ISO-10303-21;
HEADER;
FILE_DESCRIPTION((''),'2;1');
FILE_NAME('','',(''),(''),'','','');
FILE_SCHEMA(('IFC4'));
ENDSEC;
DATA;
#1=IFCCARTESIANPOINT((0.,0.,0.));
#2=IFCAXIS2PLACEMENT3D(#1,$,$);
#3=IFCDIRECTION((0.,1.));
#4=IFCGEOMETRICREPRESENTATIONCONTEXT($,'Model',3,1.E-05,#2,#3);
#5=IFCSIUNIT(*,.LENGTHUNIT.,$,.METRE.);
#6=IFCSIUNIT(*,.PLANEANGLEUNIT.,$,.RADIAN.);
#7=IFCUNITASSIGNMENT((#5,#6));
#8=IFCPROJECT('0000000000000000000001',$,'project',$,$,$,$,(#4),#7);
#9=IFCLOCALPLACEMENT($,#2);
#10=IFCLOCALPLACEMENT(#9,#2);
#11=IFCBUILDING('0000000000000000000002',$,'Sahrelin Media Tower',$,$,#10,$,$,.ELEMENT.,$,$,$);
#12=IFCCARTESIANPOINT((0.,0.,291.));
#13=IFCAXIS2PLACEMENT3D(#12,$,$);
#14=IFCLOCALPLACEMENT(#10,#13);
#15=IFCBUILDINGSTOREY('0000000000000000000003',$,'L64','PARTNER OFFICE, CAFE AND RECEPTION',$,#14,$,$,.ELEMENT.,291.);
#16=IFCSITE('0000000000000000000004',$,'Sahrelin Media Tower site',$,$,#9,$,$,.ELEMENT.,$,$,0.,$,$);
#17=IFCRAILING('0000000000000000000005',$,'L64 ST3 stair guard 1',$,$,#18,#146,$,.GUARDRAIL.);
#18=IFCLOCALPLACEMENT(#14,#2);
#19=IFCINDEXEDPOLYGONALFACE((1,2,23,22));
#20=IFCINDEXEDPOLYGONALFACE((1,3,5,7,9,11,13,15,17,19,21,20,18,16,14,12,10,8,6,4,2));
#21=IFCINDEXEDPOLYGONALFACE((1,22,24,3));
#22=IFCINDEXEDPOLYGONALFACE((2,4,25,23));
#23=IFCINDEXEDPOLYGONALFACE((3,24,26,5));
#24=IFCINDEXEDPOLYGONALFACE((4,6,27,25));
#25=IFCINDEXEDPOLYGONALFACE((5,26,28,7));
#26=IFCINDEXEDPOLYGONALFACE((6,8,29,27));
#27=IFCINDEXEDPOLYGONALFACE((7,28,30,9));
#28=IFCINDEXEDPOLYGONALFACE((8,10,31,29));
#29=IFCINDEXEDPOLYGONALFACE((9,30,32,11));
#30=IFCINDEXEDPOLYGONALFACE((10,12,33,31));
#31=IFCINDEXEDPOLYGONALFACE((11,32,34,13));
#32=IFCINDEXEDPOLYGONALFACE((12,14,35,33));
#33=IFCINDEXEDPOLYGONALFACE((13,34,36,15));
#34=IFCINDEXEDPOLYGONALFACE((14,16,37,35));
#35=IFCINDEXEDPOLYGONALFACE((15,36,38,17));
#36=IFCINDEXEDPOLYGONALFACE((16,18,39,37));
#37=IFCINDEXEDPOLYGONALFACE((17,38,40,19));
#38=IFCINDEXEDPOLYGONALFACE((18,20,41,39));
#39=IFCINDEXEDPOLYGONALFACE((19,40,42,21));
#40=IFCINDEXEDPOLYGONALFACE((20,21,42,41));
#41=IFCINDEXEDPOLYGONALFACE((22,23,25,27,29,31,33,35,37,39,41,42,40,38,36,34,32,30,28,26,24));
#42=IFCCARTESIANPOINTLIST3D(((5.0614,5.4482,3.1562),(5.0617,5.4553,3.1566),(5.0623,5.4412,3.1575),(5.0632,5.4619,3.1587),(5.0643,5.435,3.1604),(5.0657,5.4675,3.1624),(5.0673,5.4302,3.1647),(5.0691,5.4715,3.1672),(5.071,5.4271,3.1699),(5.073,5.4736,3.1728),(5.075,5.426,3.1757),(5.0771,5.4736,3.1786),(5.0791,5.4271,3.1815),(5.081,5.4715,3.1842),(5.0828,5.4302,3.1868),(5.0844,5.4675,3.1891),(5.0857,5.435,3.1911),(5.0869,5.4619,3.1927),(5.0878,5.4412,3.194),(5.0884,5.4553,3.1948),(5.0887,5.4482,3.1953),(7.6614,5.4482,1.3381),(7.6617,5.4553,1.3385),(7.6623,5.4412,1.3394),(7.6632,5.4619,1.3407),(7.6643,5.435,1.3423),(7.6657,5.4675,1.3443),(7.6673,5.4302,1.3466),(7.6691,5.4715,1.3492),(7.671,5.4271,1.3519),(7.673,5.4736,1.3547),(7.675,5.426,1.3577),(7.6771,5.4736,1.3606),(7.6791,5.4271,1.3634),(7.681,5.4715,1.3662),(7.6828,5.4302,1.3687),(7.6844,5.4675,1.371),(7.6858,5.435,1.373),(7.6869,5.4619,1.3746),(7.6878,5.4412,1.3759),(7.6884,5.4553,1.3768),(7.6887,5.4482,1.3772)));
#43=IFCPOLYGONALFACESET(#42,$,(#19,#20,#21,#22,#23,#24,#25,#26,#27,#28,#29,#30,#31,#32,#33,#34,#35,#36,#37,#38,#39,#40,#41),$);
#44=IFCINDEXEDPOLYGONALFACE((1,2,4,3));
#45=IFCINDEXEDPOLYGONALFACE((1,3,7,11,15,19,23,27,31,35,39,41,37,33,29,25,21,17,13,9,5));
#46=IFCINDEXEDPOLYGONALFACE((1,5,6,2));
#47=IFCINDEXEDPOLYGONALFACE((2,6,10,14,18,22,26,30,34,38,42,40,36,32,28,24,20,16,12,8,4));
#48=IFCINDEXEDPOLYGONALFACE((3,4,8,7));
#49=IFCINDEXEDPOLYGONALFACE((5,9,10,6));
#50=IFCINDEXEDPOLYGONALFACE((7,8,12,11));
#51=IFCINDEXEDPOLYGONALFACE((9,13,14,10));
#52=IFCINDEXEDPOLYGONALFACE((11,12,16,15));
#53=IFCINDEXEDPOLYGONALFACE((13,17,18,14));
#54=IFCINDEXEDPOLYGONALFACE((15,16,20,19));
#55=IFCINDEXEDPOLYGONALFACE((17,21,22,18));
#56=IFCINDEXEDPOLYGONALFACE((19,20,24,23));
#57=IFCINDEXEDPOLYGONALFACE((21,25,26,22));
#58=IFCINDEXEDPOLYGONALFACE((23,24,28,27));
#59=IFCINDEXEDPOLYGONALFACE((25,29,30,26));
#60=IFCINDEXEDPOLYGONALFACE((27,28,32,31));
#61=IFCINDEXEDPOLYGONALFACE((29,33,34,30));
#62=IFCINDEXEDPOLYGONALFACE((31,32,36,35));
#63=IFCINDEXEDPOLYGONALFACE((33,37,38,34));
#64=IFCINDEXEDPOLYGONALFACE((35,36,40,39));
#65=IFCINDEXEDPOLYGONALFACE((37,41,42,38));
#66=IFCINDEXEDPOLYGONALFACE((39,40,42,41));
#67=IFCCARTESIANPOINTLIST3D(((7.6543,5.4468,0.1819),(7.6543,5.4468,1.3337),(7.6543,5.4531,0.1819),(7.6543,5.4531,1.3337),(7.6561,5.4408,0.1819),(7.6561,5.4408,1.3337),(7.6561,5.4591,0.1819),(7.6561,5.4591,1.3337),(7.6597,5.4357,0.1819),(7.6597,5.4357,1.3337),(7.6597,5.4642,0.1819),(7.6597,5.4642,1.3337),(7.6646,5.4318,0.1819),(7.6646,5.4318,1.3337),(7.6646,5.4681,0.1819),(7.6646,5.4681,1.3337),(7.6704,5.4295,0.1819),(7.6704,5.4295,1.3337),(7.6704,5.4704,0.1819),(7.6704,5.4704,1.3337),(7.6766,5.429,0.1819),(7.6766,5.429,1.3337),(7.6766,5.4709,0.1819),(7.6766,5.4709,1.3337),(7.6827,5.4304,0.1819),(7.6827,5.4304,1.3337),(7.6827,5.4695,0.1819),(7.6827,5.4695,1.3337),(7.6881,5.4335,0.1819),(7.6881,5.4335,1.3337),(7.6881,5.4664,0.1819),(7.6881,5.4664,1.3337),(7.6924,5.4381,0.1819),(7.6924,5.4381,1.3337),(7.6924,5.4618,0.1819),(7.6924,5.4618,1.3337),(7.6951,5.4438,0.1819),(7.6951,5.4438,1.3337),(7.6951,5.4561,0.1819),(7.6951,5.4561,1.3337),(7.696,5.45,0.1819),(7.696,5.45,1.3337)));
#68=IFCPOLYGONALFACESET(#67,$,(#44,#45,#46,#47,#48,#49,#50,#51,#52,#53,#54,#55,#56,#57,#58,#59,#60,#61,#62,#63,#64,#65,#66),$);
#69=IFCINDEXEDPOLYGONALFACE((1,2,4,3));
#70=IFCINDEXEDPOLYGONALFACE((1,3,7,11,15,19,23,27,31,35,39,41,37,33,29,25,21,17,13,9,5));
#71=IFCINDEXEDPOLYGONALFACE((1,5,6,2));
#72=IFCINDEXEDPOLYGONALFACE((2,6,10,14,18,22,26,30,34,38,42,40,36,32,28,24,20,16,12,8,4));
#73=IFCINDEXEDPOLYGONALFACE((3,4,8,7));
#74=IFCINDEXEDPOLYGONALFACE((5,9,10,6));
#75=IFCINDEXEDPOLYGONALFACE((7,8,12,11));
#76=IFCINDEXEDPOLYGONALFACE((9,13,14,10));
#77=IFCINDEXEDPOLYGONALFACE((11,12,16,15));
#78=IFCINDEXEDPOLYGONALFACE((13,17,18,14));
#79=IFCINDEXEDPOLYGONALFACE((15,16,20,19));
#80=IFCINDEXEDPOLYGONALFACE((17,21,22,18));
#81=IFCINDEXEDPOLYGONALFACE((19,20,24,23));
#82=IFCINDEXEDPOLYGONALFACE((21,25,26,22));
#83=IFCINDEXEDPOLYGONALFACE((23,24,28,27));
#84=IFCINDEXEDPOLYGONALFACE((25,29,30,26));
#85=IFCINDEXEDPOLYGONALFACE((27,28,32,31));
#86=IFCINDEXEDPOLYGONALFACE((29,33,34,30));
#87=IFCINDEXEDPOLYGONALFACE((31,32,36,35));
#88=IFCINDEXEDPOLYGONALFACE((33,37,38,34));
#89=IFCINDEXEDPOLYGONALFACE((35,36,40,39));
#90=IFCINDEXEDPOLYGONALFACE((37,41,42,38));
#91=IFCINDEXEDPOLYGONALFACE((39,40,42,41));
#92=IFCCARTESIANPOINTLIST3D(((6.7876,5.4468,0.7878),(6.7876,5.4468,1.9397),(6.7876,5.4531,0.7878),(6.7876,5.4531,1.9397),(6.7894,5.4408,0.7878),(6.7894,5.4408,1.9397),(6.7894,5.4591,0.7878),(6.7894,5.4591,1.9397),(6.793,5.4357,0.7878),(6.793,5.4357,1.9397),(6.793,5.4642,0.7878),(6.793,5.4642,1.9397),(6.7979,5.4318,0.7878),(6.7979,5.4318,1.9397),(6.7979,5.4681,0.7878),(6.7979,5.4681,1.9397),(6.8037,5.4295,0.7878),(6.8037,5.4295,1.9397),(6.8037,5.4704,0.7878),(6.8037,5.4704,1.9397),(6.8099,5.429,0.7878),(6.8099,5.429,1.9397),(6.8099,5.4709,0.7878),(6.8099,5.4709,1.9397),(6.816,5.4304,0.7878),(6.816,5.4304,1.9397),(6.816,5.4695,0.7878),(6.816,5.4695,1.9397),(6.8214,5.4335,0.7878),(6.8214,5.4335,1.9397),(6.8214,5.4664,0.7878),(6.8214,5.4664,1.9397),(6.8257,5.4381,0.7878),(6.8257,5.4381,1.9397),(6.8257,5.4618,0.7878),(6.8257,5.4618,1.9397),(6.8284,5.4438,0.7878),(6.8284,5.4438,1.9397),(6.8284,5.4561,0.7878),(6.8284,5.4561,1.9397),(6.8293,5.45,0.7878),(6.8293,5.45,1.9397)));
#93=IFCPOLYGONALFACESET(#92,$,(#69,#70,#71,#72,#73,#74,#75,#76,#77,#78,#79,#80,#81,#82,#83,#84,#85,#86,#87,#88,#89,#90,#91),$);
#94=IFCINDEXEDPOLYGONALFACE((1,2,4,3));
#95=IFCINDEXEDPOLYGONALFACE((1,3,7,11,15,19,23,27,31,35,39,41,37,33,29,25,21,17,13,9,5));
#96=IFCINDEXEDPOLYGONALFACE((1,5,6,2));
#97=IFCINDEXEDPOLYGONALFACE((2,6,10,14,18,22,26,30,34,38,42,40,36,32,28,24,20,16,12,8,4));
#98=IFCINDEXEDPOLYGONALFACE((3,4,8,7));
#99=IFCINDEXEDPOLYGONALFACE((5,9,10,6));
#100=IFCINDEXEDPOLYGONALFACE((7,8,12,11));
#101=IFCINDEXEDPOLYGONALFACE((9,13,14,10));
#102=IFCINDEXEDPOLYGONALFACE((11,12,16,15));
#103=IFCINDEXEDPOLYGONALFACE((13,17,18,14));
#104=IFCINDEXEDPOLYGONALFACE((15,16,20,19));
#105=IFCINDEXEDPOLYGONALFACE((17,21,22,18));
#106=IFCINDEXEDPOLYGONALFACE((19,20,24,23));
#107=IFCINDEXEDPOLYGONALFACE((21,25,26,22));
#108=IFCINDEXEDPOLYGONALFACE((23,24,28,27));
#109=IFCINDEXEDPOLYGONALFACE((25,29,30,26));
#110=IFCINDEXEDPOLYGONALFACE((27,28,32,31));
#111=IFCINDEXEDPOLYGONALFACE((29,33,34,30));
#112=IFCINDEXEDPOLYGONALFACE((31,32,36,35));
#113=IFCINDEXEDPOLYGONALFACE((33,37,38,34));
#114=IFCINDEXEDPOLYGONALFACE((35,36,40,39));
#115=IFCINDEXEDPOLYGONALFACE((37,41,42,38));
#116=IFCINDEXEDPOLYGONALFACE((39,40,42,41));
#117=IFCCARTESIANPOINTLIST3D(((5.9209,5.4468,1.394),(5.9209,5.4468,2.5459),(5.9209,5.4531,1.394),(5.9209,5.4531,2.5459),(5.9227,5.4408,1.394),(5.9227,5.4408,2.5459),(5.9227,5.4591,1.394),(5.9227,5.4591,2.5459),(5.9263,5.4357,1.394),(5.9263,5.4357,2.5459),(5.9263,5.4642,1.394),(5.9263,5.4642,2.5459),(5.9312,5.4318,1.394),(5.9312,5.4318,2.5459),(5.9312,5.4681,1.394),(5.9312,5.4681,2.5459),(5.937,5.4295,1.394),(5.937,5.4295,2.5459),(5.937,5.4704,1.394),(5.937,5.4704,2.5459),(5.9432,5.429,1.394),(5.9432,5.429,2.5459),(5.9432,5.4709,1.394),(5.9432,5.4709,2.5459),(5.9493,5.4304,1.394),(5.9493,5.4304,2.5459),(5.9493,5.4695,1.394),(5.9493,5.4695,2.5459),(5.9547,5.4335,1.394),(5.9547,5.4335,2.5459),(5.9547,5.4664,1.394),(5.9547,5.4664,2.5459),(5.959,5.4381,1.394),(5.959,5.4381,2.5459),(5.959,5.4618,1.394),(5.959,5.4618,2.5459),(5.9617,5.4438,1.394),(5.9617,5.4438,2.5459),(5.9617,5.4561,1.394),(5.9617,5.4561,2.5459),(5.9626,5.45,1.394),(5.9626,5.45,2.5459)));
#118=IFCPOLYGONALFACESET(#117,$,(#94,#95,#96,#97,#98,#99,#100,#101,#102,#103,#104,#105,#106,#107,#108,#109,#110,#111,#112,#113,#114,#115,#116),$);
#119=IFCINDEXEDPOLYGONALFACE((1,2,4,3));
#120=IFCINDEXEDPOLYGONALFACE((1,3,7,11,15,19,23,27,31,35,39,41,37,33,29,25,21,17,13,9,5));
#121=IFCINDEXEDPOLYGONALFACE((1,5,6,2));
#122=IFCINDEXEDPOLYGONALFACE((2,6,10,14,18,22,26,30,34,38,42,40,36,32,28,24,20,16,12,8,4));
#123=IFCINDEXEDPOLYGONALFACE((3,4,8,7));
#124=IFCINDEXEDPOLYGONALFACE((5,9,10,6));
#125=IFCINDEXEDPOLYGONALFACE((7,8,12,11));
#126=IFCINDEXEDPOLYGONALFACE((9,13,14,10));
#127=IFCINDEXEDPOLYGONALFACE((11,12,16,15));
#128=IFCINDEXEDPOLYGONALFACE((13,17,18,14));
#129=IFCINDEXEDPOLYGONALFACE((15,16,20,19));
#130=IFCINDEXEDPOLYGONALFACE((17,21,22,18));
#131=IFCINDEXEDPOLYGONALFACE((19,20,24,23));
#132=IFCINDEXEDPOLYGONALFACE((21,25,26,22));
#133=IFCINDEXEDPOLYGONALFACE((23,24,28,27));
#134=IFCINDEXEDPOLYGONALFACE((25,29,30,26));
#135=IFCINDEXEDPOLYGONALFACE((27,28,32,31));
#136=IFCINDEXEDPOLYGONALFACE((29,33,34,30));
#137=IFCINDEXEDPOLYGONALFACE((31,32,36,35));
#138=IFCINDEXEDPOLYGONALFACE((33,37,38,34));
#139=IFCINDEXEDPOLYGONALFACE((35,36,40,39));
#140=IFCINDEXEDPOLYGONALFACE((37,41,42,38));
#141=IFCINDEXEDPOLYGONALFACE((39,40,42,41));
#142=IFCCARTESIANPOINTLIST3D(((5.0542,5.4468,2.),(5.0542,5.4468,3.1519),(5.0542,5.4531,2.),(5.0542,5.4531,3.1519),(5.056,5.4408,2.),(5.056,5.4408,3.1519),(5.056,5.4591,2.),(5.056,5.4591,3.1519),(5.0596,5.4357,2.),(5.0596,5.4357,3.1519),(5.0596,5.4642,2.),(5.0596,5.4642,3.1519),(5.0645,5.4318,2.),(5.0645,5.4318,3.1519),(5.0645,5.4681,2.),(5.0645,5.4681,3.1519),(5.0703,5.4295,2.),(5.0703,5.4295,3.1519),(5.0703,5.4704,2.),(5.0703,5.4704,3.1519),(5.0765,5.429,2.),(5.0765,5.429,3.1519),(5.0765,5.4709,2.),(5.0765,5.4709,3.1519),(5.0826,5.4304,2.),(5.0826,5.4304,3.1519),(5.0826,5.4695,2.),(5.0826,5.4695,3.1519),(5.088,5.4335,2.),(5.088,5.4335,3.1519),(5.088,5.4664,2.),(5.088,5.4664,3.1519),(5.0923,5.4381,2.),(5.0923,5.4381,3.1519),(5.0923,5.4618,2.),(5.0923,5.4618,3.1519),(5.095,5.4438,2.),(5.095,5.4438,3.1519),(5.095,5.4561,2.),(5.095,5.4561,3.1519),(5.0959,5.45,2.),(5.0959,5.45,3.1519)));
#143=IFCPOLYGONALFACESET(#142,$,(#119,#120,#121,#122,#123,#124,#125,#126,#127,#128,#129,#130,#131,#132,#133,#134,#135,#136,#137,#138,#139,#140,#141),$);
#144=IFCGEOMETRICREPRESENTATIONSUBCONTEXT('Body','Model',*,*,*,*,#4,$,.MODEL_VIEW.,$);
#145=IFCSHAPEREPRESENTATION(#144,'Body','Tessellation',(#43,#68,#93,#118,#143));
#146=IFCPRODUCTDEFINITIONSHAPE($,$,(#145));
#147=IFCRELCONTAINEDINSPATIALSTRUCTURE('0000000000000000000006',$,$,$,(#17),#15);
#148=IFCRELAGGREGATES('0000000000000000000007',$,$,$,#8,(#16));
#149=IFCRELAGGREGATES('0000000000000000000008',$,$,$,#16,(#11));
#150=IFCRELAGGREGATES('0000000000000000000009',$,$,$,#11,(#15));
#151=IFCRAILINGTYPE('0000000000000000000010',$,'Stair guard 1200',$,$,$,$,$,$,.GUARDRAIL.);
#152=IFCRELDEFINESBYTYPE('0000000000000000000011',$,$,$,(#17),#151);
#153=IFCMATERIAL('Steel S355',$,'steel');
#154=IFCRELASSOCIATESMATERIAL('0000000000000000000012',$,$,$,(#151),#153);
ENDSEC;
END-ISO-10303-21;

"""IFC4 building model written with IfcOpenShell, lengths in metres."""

from ifc_helpers import new_model, si_unit, direction, frame, origin, origin_2d, place, context, subcontext, project, spatial, circle, extrude, material, type_object, element, save


model = new_model("IFC4")

# Units and contexts
model_context = context("Model", 3, precision=1e-05, world=origin(), true_north=direction((0.0, 1.0)))
body_context = subcontext(model_context, "Body", "Model", "MODEL_VIEW")
ifc_project = project(units=[si_unit("LENGTHUNIT", "METRE"), si_unit("PLANEANGLEUNIT", "RADIAN")], contexts=[model_context])

# Site, building, storey
site_placement = place(None, origin())
site = spatial("IfcSite", under=ifc_project, at=site_placement, Name="Sahrelin Media Tower site", CompositionType="ELEMENT", RefElevation=0.0)
building_placement = place(site_placement, origin())
building = spatial("IfcBuilding", under=site, at=building_placement, Name="Sahrelin Media Tower", CompositionType="ELEMENT")
storey_placement = place(building_placement, frame((0.0, 0.0, 291.0)))
storey = spatial("IfcBuildingStorey", under=building, at=storey_placement, Name="L64", Description="PARTNER OFFICE, CAFE AND RECEPTION", CompositionType="ELEMENT", Elevation=291.0)

# Shared definitions
ifc_material_1 = material(Name="Steel S355", Category="steel")

# Railing
railing_type_1 = type_object("IfcRailingType", Name="Stair guard 1200", PredefinedType="GUARDRAIL", material=ifc_material_1)
railing_1_placement = place(storey_placement, frame((7.675, 5.45, 0.1819)))
element("IfcRailing", 1, at=railing_1_placement, inside=storey, type_object=railing_type_1, Name="L64 ST3 stair guard 1", PredefinedType="GUARDRAIL", context=body_context, shape_type="SweptSolid", body=[
    extrude(circle(Radius=0.0239, at=origin_2d()), frame((0.0, 0.0, 1.1758), z_axis=(-0.819521, 0.0, 0.573049), x_axis=(0.0, -1.0, 0.0)), (0.0, 0.0, 1.0), 3.1726),
    extrude(circle(Radius=0.021, at=origin_2d()), origin(), (0.0, 0.0, 1.0), 1.1519),
    extrude(circle(Radius=0.021, at=origin_2d()), frame((-0.8667, 0.0, 0.606)), (0.0, 0.0, 1.0), 1.1519),
    extrude(circle(Radius=0.021, at=origin_2d()), frame((-1.7334, 0.0, 1.2122)), (0.0, 0.0, 1.0), 1.1519),
    extrude(circle(Radius=0.021, at=origin_2d()), frame((-2.6001, 0.0, 1.8181)), (0.0, 0.0, 1.0), 1.1519),
])

save(model, "model.ifc")
